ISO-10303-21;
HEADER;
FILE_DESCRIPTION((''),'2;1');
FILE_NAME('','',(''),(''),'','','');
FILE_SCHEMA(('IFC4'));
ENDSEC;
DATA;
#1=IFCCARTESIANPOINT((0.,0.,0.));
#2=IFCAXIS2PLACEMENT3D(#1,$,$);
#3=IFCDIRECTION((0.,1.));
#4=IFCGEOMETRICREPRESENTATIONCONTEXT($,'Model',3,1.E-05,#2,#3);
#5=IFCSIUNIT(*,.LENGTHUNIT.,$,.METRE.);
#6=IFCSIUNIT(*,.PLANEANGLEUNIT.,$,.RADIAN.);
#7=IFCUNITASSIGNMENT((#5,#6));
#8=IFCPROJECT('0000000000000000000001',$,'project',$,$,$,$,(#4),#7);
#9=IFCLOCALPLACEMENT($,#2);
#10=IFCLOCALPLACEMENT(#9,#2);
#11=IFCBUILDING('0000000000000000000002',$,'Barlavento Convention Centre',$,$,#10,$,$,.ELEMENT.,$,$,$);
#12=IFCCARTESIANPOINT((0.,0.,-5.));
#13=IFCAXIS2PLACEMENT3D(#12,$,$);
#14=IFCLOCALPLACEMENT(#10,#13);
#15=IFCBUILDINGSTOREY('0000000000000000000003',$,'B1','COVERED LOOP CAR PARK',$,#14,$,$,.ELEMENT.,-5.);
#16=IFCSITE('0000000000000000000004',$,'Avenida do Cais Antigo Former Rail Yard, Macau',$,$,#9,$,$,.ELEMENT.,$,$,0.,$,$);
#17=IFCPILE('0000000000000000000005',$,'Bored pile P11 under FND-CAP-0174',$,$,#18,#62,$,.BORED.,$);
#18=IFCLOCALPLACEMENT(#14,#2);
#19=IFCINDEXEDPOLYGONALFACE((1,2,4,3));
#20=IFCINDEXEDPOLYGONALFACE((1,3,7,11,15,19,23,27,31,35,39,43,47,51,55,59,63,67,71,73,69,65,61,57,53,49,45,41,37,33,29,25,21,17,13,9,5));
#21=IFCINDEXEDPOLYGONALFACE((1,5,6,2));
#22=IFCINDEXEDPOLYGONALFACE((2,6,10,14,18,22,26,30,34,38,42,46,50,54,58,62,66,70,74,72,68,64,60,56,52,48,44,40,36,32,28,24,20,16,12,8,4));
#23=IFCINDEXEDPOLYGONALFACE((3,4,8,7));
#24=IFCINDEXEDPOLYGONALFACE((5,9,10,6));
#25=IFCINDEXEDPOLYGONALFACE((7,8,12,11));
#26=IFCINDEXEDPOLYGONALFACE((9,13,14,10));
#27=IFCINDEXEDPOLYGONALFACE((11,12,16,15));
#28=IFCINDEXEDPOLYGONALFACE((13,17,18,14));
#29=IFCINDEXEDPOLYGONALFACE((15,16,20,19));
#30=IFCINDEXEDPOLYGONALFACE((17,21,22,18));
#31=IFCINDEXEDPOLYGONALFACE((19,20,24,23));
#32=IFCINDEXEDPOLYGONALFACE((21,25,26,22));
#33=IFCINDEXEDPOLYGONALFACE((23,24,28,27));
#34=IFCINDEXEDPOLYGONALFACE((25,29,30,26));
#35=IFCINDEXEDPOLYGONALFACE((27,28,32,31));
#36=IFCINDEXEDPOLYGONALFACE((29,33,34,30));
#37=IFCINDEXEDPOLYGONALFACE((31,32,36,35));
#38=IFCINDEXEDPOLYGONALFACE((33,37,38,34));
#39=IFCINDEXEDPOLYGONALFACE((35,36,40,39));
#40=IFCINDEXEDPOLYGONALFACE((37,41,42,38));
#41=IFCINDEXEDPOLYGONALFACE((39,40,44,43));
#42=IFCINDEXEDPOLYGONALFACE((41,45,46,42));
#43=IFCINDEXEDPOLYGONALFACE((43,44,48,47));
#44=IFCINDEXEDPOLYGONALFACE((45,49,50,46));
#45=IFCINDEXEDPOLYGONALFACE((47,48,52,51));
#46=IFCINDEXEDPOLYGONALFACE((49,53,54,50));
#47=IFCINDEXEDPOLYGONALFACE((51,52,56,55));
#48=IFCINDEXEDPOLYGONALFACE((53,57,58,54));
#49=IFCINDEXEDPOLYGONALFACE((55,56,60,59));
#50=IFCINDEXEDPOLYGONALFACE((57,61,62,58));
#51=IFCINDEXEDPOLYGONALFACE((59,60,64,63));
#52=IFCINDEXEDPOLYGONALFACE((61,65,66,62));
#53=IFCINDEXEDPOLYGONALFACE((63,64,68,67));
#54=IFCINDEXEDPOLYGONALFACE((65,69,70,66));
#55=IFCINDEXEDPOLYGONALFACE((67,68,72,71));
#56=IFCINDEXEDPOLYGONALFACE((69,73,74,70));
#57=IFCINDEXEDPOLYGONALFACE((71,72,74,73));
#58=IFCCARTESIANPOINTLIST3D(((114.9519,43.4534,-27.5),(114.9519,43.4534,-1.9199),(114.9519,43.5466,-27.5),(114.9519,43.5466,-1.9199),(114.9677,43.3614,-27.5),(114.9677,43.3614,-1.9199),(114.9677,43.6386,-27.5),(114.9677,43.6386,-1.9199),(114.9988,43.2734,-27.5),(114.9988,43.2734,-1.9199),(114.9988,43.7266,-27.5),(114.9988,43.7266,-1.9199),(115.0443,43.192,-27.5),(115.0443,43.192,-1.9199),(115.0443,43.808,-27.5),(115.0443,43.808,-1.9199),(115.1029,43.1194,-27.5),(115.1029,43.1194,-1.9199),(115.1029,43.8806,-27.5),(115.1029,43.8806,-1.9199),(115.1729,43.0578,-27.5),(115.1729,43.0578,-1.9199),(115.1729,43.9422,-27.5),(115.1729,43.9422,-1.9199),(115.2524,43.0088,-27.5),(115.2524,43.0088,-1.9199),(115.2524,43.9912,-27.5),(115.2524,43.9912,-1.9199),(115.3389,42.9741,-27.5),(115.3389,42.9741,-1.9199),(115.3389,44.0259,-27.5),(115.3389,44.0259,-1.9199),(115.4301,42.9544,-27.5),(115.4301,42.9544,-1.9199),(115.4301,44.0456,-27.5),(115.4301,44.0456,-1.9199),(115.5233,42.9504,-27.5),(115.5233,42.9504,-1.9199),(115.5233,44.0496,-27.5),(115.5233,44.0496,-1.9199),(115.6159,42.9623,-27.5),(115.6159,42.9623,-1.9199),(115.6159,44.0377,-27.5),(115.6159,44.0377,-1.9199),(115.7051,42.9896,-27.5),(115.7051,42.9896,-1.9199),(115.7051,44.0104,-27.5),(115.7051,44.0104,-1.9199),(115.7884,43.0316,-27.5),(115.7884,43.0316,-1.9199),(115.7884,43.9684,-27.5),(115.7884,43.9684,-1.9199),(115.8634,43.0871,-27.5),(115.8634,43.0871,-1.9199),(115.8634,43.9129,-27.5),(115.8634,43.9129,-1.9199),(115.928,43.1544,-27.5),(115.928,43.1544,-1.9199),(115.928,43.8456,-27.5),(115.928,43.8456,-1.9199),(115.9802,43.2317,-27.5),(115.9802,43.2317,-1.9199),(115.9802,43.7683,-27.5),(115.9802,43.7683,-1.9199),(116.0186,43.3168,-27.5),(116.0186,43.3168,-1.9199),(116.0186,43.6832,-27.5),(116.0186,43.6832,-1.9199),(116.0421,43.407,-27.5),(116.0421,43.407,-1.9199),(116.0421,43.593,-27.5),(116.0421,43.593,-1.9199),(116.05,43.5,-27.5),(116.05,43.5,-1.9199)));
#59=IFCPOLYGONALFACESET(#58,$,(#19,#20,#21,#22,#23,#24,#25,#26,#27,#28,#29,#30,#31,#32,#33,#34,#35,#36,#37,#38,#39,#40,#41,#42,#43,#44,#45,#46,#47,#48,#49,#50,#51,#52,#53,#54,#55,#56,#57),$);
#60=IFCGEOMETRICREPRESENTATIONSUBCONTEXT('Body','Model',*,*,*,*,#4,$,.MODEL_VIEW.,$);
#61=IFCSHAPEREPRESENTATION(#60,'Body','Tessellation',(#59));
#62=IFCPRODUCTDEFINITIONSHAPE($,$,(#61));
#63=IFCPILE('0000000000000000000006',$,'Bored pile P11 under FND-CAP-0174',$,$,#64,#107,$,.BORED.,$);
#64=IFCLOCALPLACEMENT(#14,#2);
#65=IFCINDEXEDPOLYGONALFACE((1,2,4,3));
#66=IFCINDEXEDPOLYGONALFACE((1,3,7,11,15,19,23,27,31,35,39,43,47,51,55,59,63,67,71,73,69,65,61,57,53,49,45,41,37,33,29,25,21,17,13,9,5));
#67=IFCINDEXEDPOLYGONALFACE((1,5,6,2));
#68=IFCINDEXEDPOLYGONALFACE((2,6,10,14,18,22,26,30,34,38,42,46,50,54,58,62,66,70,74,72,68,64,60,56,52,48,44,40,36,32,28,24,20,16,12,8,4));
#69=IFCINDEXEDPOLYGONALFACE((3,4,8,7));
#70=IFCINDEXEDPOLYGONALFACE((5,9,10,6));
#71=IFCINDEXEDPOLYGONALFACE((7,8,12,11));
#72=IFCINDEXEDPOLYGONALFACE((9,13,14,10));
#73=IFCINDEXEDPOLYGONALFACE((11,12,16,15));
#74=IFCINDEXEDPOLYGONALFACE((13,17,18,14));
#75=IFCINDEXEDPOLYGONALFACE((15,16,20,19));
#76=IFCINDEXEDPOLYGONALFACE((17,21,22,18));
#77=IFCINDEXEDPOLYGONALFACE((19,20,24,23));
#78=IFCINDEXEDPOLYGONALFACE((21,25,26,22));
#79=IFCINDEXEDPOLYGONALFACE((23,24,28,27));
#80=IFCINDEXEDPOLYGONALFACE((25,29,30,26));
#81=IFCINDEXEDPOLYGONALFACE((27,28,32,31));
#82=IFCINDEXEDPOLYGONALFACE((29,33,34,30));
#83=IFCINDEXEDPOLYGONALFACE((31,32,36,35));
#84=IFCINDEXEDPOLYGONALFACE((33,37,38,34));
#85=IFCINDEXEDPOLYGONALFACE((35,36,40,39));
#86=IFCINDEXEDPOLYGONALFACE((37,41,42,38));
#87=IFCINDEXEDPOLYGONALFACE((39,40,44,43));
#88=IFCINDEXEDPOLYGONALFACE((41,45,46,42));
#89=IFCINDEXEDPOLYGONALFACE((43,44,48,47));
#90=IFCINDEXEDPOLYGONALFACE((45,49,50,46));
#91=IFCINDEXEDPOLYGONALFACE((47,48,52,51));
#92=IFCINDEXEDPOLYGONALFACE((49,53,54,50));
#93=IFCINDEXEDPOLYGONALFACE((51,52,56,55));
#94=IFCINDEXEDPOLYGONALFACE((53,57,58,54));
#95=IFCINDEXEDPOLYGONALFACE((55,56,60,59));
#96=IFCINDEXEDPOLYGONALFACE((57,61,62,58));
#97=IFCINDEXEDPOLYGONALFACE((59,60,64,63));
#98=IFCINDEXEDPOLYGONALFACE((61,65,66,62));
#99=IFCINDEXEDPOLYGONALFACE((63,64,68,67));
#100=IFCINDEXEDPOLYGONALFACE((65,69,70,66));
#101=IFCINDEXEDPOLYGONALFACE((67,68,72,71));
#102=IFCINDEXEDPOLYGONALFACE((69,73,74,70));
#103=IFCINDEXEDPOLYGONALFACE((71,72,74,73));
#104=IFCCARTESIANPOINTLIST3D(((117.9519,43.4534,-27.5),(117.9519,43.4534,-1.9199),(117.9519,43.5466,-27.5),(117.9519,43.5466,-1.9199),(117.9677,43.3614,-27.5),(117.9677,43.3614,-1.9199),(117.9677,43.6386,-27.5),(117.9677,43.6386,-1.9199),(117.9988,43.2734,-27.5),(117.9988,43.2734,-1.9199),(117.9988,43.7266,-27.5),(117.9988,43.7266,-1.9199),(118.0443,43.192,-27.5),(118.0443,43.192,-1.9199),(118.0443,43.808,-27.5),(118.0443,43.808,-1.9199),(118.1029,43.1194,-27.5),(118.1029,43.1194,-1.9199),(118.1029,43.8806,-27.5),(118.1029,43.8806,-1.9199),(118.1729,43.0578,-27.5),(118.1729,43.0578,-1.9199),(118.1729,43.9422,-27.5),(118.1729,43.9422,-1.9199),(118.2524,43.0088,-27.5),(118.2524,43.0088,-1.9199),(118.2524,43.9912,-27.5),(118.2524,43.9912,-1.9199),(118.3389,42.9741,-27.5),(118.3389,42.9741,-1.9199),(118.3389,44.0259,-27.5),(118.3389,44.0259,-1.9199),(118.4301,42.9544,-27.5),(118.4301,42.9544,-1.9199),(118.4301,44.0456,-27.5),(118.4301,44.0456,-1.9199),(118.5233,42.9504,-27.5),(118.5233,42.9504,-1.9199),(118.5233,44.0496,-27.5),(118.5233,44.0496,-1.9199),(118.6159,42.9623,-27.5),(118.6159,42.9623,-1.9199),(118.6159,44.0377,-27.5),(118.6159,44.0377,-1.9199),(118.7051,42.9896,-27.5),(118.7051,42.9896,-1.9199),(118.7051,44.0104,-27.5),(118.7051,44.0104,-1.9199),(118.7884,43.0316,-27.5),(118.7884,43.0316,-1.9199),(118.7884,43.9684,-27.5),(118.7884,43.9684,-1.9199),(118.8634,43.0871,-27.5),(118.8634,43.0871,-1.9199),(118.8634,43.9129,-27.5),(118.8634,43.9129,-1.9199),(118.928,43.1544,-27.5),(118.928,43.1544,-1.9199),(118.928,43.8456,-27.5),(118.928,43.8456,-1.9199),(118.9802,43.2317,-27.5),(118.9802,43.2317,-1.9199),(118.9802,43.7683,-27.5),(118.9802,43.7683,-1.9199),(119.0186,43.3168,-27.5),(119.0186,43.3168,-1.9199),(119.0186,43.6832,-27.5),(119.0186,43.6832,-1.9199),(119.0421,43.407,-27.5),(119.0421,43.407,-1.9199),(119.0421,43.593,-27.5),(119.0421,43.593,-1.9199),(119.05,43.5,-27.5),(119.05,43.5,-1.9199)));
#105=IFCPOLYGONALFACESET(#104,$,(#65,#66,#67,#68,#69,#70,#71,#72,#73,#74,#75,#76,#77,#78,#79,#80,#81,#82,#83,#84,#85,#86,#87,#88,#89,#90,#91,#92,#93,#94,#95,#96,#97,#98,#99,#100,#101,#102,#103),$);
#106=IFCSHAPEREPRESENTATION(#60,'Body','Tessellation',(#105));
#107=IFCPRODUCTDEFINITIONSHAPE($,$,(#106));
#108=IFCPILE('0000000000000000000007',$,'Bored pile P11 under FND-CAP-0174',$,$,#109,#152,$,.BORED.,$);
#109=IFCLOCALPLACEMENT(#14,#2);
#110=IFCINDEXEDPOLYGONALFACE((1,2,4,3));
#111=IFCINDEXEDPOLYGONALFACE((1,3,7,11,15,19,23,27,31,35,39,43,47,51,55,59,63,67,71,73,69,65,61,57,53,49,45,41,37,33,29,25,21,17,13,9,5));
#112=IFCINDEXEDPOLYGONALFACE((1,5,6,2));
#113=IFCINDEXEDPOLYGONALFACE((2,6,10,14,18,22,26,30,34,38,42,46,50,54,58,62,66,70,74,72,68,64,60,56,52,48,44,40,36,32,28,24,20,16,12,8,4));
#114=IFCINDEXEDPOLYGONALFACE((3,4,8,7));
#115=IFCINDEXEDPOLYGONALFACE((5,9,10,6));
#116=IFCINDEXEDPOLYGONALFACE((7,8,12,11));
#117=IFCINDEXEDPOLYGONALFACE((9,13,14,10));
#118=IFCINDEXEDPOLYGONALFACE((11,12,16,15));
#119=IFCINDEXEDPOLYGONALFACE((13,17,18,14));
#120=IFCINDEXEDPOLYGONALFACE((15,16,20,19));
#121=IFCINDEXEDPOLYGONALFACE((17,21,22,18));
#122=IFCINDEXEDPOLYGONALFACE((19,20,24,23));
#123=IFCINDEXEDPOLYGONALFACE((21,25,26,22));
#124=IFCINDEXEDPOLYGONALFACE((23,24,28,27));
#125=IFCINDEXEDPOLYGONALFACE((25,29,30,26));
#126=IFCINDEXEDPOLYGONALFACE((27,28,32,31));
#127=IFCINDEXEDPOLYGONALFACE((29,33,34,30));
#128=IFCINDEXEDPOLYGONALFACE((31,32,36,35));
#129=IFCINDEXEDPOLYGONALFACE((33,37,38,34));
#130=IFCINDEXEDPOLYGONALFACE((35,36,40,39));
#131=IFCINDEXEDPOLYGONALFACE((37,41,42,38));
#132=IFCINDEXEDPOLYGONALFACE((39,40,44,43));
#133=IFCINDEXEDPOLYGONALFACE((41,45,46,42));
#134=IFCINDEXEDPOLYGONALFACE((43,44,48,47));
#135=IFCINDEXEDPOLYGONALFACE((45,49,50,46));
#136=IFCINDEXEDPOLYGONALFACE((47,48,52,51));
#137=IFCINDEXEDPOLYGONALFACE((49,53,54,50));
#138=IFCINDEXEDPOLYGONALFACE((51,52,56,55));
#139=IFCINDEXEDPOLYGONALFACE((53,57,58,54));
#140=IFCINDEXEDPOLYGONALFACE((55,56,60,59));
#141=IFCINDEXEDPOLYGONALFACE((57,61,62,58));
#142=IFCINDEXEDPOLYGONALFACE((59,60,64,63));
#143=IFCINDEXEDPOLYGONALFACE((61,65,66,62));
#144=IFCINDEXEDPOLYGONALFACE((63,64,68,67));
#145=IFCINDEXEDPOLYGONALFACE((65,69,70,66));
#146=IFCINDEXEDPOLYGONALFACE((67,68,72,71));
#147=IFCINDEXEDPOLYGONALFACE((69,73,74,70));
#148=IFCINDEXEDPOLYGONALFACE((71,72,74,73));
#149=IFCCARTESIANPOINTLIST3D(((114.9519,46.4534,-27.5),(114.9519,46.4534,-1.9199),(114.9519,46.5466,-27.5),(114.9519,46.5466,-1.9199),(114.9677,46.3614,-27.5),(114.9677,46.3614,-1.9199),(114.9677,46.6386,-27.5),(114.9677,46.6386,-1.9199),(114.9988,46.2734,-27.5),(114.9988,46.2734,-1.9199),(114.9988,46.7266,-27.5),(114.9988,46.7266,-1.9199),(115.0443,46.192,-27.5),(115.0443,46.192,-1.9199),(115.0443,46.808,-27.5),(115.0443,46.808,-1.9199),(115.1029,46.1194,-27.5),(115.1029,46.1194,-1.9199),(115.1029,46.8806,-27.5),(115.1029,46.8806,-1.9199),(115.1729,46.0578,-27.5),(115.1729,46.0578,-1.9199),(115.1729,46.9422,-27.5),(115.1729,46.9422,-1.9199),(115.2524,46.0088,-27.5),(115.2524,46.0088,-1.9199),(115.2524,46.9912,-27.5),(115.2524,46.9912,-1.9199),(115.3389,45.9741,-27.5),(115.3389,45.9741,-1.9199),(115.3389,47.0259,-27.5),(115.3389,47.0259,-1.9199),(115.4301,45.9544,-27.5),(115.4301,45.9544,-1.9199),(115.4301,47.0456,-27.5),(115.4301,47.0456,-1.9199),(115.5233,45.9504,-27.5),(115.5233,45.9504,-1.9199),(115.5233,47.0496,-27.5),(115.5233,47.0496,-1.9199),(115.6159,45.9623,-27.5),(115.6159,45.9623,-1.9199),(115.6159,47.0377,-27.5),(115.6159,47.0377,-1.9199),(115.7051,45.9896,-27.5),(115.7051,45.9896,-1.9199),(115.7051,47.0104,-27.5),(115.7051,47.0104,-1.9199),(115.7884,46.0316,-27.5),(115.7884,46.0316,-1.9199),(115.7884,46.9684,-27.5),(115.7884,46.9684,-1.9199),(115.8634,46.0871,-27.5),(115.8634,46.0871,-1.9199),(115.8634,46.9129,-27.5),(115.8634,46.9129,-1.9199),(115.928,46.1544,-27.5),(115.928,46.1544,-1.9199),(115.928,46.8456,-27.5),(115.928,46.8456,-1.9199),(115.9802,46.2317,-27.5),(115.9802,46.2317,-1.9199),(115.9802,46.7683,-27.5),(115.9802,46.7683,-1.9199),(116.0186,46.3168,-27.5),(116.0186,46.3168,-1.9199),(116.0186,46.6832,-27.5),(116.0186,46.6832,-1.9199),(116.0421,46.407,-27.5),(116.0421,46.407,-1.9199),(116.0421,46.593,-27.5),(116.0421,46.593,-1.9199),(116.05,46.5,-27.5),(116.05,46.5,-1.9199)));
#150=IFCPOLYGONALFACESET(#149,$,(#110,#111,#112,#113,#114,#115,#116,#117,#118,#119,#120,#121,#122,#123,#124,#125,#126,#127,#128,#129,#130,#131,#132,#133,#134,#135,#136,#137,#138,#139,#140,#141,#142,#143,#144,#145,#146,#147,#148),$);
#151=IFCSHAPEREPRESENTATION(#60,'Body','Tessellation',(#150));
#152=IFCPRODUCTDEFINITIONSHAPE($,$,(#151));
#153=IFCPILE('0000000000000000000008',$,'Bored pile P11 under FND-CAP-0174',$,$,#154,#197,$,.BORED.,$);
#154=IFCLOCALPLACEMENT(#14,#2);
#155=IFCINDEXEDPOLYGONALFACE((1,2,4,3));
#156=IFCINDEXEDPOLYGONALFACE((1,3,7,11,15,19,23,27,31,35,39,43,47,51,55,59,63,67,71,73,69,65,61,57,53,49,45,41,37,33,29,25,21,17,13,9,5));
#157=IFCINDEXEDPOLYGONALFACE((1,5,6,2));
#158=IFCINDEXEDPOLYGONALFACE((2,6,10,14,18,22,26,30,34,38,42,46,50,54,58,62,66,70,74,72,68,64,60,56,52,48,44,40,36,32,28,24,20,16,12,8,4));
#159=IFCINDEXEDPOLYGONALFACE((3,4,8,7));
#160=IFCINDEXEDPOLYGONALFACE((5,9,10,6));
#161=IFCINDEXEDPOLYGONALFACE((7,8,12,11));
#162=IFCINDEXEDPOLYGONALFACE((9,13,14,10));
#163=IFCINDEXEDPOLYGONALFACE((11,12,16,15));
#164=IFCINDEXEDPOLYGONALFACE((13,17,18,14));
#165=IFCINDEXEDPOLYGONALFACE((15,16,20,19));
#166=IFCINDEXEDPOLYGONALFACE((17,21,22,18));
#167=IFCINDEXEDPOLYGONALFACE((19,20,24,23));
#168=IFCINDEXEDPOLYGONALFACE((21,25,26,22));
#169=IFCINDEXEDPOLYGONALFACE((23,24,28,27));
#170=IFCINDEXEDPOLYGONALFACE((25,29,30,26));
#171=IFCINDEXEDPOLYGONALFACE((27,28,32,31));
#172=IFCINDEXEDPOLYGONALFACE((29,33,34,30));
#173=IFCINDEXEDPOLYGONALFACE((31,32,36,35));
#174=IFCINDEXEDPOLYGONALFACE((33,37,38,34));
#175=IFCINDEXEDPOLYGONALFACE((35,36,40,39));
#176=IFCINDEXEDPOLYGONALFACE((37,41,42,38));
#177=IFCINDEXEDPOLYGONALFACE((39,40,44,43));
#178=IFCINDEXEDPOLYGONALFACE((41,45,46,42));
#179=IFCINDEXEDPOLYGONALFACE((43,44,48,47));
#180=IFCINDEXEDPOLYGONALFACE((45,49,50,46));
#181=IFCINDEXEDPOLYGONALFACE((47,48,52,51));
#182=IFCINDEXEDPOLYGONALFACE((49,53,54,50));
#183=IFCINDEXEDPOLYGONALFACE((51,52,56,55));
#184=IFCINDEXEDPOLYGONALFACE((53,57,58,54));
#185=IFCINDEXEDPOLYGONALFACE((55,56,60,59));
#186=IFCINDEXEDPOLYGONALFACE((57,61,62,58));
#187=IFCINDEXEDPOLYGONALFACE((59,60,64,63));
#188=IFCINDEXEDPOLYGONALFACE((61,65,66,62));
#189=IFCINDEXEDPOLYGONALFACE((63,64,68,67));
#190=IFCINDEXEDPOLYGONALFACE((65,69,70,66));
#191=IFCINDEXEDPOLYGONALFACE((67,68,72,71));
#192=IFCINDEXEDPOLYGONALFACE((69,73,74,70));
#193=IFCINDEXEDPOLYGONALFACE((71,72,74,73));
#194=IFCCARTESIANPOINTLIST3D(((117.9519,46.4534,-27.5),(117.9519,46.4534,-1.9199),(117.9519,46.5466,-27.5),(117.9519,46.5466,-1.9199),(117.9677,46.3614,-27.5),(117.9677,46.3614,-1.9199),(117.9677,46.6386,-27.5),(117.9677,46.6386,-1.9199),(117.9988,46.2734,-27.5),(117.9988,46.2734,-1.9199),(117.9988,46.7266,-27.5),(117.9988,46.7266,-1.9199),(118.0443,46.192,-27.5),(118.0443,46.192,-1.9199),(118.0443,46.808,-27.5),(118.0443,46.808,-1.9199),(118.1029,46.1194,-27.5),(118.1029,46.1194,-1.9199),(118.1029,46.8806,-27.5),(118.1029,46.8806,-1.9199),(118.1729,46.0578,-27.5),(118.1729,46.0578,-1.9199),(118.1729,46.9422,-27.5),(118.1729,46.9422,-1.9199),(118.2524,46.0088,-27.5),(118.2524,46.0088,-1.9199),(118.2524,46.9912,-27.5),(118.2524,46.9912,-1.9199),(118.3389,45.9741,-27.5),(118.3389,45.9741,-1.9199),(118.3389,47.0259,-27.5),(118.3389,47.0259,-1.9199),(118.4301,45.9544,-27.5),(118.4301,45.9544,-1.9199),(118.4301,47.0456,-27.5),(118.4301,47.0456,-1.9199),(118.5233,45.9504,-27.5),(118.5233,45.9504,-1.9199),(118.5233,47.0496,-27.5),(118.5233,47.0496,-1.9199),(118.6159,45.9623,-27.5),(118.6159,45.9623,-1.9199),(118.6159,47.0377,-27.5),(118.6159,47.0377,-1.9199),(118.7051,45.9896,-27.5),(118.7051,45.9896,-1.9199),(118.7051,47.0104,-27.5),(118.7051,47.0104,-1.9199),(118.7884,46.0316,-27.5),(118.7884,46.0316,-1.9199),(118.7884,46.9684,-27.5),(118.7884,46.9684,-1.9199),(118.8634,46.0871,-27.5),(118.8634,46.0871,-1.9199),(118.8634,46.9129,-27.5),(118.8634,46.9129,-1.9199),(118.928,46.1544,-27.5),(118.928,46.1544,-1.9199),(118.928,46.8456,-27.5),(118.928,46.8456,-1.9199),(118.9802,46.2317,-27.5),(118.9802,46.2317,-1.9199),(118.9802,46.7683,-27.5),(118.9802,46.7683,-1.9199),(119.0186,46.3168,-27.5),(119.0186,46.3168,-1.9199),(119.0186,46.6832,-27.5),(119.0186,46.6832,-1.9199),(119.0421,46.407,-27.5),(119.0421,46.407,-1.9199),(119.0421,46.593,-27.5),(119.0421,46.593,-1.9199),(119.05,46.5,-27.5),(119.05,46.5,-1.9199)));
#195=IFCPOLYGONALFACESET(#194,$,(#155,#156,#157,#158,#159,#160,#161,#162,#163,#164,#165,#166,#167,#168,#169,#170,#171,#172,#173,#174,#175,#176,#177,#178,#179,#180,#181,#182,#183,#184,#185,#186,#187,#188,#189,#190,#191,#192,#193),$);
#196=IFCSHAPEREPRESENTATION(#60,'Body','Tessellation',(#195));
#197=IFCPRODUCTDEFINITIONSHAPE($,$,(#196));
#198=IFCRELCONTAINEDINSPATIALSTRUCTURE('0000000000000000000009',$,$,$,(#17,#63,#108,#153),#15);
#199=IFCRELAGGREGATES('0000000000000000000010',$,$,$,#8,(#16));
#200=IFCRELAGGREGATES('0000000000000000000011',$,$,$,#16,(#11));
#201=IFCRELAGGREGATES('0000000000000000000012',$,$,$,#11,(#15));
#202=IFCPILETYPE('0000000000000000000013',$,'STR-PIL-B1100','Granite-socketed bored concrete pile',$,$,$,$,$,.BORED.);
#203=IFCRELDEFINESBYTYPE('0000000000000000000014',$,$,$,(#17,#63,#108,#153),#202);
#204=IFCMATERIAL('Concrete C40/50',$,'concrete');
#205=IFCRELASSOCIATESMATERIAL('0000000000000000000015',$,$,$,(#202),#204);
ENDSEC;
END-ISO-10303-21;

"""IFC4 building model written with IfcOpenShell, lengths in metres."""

from ifc_helpers import new_model, si_unit, direction, frame, origin, origin_2d, place, context, subcontext, project, spatial, circle, extrude, material, material_profile, profile_set, type_object, element, save


model = new_model("IFC4")

# Units and contexts
model_context = context("Model", 3, precision=1e-05, world=origin(), true_north=direction((0.0, 1.0)))
body_context = subcontext(model_context, "Body", "Model", "MODEL_VIEW")
ifc_project = project(units=[si_unit("LENGTHUNIT", "METRE"), si_unit("PLANEANGLEUNIT", "RADIAN")], contexts=[model_context])

# Site, building, storey
site_placement = place(None, origin())
site = spatial("IfcSite", under=ifc_project, at=site_placement, Name="Avenida do Cais Antigo Former Rail Yard, Macau", CompositionType="ELEMENT", RefElevation=0.0)
building_placement = place(site_placement, origin())
building = spatial("IfcBuilding", under=site, at=building_placement, Name="Barlavento Convention Centre", CompositionType="ELEMENT")
storey_placement = place(building_placement, frame((0.0, 0.0, -5.0)))
storey = spatial("IfcBuildingStorey", under=building, at=storey_placement, Name="B1", Description="COVERED LOOP CAR PARK", CompositionType="ELEMENT", Elevation=-5.0)

# Shared definitions
ifc_material_1 = material(Name="Concrete C40/50", Category="concrete")

# Piles
ifc_material_profile_1 = material_profile(ifc_material_1, circle(Radius=0.55, at=origin_2d()), Name="BORED PILE 1100")
ifc_profile_set_1 = profile_set([ifc_material_profile_1], Name="Concrete C40/50")
pile_type_1 = type_object("IfcPileType", Name="STR-PIL-B1100", Description="Granite-socketed bored concrete pile", PredefinedType="BORED", material=ifc_profile_set_1)
for number, where, z_axis, x_axis, name in (
    (1, (115.5, 43.5, -1.9199), (0.0, 0.0, -1.0), (1.0, 0.0, 0.0), "Bored pile P11 under FND-CAP-0174"),
    (2, (118.5, 43.5, -1.9199), (0.0, 0.0, -1.0), (1.0, 0.0, 0.0), "Bored pile P11 under FND-CAP-0174"),
    (3, (115.5, 46.5, -1.9199), (0.0, 0.0, -1.0), (1.0, 0.0, 0.0), "Bored pile P11 under FND-CAP-0174"),
    (4, (118.5, 46.5, -1.9199), (0.0, 0.0, -1.0), (1.0, 0.0, 0.0), "Bored pile P11 under FND-CAP-0174"),
):
    element("IfcPile", number, at=place(storey_placement, frame(where, z_axis=z_axis, x_axis=x_axis)), inside=storey, type_object=pile_type_1, Name=name, PredefinedType="BORED", context=body_context, shape_type="SweptSolid", body=[
        extrude(circle(Radius=0.55, at=origin_2d()), origin(), (0.0, 0.0, 1.0), 25.5801),
    ])

save(model, "model.ifc")
